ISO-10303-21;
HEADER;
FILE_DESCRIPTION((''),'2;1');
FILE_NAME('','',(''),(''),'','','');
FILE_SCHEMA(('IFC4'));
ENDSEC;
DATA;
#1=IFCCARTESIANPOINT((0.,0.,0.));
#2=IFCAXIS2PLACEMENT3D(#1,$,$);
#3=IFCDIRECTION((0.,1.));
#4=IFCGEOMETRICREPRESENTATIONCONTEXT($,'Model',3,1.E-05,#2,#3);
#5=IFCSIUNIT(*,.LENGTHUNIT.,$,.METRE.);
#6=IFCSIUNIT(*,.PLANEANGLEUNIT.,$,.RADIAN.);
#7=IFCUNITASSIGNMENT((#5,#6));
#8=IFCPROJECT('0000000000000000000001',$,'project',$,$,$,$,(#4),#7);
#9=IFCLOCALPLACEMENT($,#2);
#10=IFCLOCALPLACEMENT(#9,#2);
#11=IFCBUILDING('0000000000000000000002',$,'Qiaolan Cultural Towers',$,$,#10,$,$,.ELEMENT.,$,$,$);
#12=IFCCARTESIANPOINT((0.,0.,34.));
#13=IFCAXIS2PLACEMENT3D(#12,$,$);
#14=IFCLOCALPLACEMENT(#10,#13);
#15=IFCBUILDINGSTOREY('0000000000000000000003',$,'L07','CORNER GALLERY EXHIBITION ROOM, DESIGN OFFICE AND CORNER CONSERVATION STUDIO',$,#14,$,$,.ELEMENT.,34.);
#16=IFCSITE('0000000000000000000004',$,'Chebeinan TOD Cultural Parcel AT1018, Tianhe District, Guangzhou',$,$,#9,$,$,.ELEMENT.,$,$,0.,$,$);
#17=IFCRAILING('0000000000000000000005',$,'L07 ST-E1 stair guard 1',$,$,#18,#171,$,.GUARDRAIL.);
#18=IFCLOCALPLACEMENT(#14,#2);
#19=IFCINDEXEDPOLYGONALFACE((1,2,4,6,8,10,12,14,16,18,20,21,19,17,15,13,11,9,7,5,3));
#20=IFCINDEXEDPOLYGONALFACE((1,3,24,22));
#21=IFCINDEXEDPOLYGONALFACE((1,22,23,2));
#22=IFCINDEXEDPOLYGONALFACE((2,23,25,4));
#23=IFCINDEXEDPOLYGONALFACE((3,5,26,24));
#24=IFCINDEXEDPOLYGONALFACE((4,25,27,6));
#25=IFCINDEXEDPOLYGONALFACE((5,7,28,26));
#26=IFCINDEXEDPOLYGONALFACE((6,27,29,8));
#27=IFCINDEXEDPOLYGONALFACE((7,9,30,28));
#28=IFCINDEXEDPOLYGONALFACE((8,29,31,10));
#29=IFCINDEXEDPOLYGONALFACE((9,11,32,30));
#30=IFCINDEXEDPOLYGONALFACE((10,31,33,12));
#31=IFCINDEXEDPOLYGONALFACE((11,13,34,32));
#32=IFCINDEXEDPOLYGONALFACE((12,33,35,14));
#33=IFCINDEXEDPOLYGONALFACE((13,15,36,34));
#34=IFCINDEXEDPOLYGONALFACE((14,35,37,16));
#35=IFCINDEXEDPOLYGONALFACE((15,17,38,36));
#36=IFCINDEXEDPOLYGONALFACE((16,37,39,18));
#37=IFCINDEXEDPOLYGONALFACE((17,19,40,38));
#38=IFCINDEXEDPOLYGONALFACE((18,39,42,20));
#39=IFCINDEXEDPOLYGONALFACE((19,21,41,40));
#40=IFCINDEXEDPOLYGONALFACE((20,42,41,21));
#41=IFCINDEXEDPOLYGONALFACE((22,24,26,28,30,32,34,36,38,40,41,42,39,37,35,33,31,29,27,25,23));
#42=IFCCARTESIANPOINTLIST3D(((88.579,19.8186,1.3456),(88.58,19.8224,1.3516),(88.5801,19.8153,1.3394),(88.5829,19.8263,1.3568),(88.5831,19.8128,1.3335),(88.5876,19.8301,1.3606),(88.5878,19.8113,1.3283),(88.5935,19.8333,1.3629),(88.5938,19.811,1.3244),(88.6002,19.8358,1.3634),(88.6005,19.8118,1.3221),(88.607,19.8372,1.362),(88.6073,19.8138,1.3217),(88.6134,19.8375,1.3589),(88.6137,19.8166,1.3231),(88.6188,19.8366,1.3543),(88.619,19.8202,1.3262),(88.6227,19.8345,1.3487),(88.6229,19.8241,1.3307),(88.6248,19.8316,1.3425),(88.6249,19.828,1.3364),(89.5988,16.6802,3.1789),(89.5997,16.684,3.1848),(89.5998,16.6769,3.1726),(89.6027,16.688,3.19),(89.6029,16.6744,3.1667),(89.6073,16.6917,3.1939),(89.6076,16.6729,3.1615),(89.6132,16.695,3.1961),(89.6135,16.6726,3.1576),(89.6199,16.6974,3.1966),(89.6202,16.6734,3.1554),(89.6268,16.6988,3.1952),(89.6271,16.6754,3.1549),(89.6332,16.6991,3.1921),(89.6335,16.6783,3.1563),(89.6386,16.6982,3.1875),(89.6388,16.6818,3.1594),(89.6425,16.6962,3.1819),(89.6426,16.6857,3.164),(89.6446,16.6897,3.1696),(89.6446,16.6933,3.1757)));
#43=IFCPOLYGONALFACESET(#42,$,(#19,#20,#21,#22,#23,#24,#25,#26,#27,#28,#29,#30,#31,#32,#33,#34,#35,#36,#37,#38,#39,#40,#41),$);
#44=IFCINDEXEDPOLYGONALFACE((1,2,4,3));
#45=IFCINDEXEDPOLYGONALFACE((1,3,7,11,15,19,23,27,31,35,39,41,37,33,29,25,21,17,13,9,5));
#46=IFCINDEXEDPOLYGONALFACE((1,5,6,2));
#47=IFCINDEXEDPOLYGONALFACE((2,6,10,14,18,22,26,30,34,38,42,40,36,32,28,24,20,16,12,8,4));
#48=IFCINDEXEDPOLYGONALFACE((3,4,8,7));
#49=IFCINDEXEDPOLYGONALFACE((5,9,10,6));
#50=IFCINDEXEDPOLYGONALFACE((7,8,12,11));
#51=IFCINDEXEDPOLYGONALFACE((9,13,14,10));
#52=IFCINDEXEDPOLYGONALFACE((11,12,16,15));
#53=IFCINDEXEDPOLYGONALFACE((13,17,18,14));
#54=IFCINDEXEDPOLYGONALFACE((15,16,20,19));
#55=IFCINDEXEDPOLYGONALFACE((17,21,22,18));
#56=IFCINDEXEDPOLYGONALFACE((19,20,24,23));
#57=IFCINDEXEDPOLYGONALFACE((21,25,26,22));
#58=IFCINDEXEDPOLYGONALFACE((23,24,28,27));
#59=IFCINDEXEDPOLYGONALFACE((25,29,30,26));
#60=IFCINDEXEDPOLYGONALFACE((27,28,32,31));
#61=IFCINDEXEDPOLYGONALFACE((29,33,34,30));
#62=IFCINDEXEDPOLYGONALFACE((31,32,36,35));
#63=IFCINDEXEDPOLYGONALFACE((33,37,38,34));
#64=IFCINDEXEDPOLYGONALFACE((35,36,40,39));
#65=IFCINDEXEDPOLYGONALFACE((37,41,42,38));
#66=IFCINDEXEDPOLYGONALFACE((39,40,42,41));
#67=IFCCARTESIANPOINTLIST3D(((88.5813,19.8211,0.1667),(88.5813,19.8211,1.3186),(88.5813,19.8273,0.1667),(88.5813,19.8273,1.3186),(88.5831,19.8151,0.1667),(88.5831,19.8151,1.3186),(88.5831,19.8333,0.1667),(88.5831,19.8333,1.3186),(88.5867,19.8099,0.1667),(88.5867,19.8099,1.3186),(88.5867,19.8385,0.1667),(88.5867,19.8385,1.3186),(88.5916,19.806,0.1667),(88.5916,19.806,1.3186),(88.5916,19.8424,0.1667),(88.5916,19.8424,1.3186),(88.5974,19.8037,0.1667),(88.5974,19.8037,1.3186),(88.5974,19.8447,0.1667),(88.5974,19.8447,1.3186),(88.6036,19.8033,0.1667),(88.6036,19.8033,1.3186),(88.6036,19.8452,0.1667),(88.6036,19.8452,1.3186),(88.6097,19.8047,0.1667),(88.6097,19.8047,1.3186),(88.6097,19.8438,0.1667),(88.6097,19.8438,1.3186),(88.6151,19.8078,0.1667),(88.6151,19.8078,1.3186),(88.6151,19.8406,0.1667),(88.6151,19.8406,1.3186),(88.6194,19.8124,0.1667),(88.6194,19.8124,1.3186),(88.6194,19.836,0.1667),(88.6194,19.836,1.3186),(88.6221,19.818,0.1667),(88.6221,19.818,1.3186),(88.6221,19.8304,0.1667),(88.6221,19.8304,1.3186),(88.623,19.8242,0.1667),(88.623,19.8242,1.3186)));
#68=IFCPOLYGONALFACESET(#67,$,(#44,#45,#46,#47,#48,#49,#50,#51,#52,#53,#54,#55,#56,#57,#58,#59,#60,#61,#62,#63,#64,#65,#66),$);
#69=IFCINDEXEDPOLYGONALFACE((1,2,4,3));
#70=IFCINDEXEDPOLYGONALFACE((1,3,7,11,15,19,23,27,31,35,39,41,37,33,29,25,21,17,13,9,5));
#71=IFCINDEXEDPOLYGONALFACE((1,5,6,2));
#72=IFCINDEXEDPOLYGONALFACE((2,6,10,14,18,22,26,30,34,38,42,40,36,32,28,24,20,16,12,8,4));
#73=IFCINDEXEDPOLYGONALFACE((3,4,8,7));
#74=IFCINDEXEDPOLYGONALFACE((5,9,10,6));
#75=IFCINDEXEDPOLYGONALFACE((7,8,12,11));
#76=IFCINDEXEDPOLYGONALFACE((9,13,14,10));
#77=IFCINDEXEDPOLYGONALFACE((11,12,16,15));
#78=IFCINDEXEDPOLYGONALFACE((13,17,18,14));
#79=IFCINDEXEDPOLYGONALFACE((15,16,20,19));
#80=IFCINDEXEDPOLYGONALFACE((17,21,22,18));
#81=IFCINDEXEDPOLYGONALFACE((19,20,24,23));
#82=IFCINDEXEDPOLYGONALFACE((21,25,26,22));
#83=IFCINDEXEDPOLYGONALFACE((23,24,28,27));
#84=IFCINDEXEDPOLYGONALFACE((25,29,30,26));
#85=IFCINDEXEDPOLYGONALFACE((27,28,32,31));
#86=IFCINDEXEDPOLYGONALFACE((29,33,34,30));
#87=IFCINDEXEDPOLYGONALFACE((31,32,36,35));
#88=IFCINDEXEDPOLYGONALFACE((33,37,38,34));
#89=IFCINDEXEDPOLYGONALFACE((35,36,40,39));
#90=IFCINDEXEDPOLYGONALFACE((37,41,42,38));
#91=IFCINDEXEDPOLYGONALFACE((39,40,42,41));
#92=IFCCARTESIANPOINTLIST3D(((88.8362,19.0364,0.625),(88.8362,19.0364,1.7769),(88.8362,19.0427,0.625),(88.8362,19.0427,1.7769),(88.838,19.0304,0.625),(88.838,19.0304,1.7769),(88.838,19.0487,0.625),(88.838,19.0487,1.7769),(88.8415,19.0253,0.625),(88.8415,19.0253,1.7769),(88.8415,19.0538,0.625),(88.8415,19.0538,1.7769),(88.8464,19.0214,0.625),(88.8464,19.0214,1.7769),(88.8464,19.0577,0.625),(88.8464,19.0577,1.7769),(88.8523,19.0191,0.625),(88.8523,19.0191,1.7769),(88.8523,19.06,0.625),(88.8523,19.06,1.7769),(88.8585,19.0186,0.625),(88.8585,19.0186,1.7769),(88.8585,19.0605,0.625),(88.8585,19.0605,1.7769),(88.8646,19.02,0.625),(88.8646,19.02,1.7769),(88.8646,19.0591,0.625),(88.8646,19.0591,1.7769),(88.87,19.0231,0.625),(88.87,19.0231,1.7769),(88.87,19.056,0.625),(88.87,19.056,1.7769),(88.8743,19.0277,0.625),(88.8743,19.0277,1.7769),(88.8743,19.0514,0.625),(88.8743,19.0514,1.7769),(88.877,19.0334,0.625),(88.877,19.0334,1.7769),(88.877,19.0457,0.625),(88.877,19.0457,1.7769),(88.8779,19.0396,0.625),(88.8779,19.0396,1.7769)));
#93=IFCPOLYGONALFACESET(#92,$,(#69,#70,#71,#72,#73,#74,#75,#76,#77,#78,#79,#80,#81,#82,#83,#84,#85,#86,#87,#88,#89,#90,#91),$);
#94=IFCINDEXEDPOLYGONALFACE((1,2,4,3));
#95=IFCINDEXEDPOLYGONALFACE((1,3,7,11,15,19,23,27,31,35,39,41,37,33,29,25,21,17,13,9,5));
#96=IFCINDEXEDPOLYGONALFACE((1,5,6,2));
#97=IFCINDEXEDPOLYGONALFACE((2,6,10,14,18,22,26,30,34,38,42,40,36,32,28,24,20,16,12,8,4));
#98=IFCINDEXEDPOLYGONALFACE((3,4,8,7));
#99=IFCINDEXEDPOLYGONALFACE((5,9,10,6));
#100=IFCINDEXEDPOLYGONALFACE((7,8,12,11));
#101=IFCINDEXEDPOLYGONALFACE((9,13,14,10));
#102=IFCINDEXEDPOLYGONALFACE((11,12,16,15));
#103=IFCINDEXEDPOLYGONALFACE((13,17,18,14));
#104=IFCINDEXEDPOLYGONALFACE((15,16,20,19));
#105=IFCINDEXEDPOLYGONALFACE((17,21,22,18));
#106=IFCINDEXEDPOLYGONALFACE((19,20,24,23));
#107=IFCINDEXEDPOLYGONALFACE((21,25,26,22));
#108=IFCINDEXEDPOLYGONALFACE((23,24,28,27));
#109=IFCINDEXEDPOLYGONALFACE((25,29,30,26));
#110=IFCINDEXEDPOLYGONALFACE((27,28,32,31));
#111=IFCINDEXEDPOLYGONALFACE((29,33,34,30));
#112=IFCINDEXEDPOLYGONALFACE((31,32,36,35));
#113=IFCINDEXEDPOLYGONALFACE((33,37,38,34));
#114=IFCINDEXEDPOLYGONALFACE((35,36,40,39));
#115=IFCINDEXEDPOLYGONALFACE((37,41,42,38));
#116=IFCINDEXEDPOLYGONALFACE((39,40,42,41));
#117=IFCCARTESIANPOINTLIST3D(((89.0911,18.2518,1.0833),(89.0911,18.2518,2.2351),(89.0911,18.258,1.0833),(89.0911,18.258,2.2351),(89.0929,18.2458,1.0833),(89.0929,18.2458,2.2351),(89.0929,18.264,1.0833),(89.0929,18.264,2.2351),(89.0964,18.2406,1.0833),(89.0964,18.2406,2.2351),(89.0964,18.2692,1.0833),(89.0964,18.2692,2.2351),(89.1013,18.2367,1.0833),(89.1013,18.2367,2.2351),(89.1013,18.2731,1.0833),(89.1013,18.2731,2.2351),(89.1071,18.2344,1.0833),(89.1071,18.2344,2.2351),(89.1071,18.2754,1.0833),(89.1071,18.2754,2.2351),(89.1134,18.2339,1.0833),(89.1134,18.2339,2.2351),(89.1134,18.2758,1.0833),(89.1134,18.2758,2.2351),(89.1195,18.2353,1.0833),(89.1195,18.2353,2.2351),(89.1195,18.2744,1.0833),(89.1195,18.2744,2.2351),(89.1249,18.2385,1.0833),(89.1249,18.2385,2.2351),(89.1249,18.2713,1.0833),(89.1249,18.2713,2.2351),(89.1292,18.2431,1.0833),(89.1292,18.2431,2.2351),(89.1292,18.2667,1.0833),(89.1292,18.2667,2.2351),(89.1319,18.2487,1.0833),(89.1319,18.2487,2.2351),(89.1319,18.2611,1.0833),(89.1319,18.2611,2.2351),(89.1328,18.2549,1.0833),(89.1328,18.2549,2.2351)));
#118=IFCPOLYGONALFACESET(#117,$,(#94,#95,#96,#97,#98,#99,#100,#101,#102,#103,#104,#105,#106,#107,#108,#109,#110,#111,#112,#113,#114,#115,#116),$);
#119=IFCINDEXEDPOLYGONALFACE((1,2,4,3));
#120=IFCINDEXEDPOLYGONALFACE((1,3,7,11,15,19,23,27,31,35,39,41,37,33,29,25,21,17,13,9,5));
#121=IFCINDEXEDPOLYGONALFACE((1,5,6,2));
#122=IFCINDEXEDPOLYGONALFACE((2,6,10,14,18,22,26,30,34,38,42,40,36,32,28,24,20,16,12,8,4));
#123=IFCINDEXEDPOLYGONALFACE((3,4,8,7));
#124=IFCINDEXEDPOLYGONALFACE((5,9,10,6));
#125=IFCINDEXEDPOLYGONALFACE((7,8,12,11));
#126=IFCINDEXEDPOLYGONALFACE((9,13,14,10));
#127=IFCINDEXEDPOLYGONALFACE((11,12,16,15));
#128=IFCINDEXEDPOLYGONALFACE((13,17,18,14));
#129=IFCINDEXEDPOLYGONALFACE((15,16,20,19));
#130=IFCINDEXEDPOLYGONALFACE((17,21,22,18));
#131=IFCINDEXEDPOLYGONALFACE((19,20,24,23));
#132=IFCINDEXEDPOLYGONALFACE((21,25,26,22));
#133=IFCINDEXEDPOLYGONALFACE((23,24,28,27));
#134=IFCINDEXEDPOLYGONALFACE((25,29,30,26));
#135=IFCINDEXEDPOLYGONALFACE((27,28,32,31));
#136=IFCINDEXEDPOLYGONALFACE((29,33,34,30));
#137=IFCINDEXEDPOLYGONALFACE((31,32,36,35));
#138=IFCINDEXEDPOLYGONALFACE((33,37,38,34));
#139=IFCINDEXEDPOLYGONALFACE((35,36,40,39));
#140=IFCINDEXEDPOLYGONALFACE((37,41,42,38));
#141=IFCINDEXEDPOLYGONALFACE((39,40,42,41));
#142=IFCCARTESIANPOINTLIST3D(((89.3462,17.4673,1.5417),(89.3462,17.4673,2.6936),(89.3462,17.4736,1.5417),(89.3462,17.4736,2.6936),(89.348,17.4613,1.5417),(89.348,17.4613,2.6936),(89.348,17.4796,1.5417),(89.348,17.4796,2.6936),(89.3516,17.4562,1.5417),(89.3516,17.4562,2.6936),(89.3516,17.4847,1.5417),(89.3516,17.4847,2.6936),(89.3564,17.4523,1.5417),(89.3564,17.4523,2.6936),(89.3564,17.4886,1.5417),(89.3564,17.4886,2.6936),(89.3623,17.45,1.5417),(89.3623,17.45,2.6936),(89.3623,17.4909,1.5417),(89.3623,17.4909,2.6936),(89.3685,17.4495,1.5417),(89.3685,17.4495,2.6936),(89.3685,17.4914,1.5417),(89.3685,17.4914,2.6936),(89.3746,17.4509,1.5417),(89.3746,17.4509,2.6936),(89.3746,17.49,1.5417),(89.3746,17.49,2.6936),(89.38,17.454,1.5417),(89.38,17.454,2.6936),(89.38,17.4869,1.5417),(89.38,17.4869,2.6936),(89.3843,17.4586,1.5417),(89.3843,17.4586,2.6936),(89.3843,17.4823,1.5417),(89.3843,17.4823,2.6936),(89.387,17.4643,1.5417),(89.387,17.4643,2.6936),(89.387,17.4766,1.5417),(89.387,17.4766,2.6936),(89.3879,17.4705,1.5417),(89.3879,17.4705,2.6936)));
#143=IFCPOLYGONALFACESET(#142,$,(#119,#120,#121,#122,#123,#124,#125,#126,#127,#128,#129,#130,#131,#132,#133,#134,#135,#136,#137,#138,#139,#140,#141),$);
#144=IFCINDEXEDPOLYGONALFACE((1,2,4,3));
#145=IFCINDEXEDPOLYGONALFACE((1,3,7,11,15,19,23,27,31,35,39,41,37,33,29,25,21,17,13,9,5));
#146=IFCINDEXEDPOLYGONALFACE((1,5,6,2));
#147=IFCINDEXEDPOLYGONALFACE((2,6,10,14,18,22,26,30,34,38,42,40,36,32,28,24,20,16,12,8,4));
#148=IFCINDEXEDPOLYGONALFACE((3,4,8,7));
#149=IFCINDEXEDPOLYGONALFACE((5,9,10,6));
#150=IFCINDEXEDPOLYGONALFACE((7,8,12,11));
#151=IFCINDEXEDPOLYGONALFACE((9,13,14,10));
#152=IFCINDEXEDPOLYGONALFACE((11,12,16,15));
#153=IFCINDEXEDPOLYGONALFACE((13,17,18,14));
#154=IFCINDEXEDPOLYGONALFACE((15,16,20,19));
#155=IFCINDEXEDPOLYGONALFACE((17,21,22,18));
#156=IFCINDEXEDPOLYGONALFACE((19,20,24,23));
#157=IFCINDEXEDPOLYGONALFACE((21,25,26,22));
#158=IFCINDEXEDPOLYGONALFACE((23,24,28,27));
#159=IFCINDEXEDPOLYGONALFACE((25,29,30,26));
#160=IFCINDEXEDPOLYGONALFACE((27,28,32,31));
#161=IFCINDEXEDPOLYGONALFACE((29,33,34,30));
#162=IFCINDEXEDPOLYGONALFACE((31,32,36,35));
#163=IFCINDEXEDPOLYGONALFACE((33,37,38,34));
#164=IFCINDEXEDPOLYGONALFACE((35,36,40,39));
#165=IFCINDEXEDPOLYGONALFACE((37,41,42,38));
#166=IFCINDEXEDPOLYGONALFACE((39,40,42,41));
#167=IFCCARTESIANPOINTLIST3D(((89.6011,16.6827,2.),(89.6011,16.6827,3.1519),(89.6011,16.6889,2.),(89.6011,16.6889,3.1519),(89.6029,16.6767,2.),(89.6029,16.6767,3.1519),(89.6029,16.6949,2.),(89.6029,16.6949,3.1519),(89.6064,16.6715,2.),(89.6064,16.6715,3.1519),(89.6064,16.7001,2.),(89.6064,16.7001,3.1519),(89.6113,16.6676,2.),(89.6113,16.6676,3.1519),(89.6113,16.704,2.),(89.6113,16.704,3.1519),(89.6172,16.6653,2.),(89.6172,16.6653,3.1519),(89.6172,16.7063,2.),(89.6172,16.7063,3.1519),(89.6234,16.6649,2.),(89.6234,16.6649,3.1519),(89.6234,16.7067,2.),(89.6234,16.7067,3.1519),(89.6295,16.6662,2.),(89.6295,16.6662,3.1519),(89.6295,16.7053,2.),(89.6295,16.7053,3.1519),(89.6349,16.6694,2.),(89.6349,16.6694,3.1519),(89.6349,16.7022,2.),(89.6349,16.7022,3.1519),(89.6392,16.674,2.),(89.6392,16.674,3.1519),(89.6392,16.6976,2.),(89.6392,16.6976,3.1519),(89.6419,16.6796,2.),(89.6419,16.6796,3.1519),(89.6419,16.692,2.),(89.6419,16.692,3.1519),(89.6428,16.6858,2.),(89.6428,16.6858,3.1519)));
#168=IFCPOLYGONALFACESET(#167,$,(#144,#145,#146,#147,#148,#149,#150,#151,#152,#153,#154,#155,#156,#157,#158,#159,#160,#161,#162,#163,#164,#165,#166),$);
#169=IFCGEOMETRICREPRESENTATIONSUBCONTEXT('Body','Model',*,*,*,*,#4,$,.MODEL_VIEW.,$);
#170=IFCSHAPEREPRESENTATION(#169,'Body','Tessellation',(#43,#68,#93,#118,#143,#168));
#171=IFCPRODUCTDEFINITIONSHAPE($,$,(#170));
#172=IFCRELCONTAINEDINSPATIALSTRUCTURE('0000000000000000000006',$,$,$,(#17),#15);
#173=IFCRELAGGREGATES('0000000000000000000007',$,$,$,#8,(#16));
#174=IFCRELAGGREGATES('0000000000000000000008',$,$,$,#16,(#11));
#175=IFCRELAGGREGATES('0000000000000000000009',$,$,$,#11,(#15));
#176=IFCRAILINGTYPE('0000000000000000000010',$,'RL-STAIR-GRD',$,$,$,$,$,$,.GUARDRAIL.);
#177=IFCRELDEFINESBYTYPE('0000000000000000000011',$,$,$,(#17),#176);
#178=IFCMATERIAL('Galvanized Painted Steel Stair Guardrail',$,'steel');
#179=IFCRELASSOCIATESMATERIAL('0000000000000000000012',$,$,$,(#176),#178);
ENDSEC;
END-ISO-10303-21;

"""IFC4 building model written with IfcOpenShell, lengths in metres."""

from ifc_helpers import new_model, si_unit, direction, frame, origin, origin_2d, place, context, subcontext, project, spatial, circle, extrude, material, type_object, element, save


model = new_model("IFC4")

# Units and contexts
model_context = context("Model", 3, precision=1e-05, world=origin(), true_north=direction((0.0, 1.0)))
body_context = subcontext(model_context, "Body", "Model", "MODEL_VIEW")
ifc_project = project(units=[si_unit("LENGTHUNIT", "METRE"), si_unit("PLANEANGLEUNIT", "RADIAN")], contexts=[model_context])

# Site, building, storey
site_placement = place(None, origin())
site = spatial("IfcSite", under=ifc_project, at=site_placement, Name="Chebeinan TOD Cultural Parcel AT1018, Tianhe District, Guangzhou", CompositionType="ELEMENT", RefElevation=0.0)
building_placement = place(site_placement, origin())
building = spatial("IfcBuilding", under=site, at=building_placement, Name="Qiaolan Cultural Towers", CompositionType="ELEMENT")
storey_placement = place(building_placement, frame((0.0, 0.0, 34.0)))
storey = spatial("IfcBuildingStorey", under=building, at=storey_placement, Name="L07", Description="CORNER GALLERY EXHIBITION ROOM, DESIGN OFFICE AND CORNER CONSERVATION STUDIO", CompositionType="ELEMENT", Elevation=34.0)

# Railing
ifc_material_1 = material(Name="Galvanized Painted Steel Stair Guardrail", Category="steel")
railing_type_1 = type_object("IfcRailingType", Name="RL-STAIR-GRD", PredefinedType="GUARDRAIL", material=ifc_material_1)
railing_1_placement = place(storey_placement, frame((88.6021, 19.8242, 0.1667)))
element("IfcRailing", 1, at=railing_1_placement, inside=storey, type_object=railing_type_1, Name="L07 ST-E1 stair guard 1", PredefinedType="GUARDRAIL", context=body_context, shape_type="SweptSolid", body=[
    extrude(circle(Radius=0.0239, at=origin_2d()), frame((0.0, 0.0, 1.1758), z_axis=(0.270141, -0.831376, 0.485632), x_axis=(0.951053, 0.309028, 0.0)), (0.0, 0.0, 1.0), 3.7749),
    extrude(circle(Radius=0.021, at=origin_2d()), origin(), (0.0, 0.0, 1.0), 1.1519),
    extrude(circle(Radius=0.021, at=origin_2d()), frame((0.2549, -0.7847, 0.4583)), (0.0, 0.0, 1.0), 1.1519),
    extrude(circle(Radius=0.021, at=origin_2d()), frame((0.5098, -1.5693, 0.9165)), (0.0, 0.0, 1.0), 1.1519),
    extrude(circle(Radius=0.021, at=origin_2d()), frame((0.7649, -2.3538, 1.375)), (0.0, 0.0, 1.0), 1.1519),
    extrude(circle(Radius=0.021, at=origin_2d()), frame((1.0198, -3.1384, 1.8333)), (0.0, 0.0, 1.0), 1.1519),
])

save(model, "model.ifc")
